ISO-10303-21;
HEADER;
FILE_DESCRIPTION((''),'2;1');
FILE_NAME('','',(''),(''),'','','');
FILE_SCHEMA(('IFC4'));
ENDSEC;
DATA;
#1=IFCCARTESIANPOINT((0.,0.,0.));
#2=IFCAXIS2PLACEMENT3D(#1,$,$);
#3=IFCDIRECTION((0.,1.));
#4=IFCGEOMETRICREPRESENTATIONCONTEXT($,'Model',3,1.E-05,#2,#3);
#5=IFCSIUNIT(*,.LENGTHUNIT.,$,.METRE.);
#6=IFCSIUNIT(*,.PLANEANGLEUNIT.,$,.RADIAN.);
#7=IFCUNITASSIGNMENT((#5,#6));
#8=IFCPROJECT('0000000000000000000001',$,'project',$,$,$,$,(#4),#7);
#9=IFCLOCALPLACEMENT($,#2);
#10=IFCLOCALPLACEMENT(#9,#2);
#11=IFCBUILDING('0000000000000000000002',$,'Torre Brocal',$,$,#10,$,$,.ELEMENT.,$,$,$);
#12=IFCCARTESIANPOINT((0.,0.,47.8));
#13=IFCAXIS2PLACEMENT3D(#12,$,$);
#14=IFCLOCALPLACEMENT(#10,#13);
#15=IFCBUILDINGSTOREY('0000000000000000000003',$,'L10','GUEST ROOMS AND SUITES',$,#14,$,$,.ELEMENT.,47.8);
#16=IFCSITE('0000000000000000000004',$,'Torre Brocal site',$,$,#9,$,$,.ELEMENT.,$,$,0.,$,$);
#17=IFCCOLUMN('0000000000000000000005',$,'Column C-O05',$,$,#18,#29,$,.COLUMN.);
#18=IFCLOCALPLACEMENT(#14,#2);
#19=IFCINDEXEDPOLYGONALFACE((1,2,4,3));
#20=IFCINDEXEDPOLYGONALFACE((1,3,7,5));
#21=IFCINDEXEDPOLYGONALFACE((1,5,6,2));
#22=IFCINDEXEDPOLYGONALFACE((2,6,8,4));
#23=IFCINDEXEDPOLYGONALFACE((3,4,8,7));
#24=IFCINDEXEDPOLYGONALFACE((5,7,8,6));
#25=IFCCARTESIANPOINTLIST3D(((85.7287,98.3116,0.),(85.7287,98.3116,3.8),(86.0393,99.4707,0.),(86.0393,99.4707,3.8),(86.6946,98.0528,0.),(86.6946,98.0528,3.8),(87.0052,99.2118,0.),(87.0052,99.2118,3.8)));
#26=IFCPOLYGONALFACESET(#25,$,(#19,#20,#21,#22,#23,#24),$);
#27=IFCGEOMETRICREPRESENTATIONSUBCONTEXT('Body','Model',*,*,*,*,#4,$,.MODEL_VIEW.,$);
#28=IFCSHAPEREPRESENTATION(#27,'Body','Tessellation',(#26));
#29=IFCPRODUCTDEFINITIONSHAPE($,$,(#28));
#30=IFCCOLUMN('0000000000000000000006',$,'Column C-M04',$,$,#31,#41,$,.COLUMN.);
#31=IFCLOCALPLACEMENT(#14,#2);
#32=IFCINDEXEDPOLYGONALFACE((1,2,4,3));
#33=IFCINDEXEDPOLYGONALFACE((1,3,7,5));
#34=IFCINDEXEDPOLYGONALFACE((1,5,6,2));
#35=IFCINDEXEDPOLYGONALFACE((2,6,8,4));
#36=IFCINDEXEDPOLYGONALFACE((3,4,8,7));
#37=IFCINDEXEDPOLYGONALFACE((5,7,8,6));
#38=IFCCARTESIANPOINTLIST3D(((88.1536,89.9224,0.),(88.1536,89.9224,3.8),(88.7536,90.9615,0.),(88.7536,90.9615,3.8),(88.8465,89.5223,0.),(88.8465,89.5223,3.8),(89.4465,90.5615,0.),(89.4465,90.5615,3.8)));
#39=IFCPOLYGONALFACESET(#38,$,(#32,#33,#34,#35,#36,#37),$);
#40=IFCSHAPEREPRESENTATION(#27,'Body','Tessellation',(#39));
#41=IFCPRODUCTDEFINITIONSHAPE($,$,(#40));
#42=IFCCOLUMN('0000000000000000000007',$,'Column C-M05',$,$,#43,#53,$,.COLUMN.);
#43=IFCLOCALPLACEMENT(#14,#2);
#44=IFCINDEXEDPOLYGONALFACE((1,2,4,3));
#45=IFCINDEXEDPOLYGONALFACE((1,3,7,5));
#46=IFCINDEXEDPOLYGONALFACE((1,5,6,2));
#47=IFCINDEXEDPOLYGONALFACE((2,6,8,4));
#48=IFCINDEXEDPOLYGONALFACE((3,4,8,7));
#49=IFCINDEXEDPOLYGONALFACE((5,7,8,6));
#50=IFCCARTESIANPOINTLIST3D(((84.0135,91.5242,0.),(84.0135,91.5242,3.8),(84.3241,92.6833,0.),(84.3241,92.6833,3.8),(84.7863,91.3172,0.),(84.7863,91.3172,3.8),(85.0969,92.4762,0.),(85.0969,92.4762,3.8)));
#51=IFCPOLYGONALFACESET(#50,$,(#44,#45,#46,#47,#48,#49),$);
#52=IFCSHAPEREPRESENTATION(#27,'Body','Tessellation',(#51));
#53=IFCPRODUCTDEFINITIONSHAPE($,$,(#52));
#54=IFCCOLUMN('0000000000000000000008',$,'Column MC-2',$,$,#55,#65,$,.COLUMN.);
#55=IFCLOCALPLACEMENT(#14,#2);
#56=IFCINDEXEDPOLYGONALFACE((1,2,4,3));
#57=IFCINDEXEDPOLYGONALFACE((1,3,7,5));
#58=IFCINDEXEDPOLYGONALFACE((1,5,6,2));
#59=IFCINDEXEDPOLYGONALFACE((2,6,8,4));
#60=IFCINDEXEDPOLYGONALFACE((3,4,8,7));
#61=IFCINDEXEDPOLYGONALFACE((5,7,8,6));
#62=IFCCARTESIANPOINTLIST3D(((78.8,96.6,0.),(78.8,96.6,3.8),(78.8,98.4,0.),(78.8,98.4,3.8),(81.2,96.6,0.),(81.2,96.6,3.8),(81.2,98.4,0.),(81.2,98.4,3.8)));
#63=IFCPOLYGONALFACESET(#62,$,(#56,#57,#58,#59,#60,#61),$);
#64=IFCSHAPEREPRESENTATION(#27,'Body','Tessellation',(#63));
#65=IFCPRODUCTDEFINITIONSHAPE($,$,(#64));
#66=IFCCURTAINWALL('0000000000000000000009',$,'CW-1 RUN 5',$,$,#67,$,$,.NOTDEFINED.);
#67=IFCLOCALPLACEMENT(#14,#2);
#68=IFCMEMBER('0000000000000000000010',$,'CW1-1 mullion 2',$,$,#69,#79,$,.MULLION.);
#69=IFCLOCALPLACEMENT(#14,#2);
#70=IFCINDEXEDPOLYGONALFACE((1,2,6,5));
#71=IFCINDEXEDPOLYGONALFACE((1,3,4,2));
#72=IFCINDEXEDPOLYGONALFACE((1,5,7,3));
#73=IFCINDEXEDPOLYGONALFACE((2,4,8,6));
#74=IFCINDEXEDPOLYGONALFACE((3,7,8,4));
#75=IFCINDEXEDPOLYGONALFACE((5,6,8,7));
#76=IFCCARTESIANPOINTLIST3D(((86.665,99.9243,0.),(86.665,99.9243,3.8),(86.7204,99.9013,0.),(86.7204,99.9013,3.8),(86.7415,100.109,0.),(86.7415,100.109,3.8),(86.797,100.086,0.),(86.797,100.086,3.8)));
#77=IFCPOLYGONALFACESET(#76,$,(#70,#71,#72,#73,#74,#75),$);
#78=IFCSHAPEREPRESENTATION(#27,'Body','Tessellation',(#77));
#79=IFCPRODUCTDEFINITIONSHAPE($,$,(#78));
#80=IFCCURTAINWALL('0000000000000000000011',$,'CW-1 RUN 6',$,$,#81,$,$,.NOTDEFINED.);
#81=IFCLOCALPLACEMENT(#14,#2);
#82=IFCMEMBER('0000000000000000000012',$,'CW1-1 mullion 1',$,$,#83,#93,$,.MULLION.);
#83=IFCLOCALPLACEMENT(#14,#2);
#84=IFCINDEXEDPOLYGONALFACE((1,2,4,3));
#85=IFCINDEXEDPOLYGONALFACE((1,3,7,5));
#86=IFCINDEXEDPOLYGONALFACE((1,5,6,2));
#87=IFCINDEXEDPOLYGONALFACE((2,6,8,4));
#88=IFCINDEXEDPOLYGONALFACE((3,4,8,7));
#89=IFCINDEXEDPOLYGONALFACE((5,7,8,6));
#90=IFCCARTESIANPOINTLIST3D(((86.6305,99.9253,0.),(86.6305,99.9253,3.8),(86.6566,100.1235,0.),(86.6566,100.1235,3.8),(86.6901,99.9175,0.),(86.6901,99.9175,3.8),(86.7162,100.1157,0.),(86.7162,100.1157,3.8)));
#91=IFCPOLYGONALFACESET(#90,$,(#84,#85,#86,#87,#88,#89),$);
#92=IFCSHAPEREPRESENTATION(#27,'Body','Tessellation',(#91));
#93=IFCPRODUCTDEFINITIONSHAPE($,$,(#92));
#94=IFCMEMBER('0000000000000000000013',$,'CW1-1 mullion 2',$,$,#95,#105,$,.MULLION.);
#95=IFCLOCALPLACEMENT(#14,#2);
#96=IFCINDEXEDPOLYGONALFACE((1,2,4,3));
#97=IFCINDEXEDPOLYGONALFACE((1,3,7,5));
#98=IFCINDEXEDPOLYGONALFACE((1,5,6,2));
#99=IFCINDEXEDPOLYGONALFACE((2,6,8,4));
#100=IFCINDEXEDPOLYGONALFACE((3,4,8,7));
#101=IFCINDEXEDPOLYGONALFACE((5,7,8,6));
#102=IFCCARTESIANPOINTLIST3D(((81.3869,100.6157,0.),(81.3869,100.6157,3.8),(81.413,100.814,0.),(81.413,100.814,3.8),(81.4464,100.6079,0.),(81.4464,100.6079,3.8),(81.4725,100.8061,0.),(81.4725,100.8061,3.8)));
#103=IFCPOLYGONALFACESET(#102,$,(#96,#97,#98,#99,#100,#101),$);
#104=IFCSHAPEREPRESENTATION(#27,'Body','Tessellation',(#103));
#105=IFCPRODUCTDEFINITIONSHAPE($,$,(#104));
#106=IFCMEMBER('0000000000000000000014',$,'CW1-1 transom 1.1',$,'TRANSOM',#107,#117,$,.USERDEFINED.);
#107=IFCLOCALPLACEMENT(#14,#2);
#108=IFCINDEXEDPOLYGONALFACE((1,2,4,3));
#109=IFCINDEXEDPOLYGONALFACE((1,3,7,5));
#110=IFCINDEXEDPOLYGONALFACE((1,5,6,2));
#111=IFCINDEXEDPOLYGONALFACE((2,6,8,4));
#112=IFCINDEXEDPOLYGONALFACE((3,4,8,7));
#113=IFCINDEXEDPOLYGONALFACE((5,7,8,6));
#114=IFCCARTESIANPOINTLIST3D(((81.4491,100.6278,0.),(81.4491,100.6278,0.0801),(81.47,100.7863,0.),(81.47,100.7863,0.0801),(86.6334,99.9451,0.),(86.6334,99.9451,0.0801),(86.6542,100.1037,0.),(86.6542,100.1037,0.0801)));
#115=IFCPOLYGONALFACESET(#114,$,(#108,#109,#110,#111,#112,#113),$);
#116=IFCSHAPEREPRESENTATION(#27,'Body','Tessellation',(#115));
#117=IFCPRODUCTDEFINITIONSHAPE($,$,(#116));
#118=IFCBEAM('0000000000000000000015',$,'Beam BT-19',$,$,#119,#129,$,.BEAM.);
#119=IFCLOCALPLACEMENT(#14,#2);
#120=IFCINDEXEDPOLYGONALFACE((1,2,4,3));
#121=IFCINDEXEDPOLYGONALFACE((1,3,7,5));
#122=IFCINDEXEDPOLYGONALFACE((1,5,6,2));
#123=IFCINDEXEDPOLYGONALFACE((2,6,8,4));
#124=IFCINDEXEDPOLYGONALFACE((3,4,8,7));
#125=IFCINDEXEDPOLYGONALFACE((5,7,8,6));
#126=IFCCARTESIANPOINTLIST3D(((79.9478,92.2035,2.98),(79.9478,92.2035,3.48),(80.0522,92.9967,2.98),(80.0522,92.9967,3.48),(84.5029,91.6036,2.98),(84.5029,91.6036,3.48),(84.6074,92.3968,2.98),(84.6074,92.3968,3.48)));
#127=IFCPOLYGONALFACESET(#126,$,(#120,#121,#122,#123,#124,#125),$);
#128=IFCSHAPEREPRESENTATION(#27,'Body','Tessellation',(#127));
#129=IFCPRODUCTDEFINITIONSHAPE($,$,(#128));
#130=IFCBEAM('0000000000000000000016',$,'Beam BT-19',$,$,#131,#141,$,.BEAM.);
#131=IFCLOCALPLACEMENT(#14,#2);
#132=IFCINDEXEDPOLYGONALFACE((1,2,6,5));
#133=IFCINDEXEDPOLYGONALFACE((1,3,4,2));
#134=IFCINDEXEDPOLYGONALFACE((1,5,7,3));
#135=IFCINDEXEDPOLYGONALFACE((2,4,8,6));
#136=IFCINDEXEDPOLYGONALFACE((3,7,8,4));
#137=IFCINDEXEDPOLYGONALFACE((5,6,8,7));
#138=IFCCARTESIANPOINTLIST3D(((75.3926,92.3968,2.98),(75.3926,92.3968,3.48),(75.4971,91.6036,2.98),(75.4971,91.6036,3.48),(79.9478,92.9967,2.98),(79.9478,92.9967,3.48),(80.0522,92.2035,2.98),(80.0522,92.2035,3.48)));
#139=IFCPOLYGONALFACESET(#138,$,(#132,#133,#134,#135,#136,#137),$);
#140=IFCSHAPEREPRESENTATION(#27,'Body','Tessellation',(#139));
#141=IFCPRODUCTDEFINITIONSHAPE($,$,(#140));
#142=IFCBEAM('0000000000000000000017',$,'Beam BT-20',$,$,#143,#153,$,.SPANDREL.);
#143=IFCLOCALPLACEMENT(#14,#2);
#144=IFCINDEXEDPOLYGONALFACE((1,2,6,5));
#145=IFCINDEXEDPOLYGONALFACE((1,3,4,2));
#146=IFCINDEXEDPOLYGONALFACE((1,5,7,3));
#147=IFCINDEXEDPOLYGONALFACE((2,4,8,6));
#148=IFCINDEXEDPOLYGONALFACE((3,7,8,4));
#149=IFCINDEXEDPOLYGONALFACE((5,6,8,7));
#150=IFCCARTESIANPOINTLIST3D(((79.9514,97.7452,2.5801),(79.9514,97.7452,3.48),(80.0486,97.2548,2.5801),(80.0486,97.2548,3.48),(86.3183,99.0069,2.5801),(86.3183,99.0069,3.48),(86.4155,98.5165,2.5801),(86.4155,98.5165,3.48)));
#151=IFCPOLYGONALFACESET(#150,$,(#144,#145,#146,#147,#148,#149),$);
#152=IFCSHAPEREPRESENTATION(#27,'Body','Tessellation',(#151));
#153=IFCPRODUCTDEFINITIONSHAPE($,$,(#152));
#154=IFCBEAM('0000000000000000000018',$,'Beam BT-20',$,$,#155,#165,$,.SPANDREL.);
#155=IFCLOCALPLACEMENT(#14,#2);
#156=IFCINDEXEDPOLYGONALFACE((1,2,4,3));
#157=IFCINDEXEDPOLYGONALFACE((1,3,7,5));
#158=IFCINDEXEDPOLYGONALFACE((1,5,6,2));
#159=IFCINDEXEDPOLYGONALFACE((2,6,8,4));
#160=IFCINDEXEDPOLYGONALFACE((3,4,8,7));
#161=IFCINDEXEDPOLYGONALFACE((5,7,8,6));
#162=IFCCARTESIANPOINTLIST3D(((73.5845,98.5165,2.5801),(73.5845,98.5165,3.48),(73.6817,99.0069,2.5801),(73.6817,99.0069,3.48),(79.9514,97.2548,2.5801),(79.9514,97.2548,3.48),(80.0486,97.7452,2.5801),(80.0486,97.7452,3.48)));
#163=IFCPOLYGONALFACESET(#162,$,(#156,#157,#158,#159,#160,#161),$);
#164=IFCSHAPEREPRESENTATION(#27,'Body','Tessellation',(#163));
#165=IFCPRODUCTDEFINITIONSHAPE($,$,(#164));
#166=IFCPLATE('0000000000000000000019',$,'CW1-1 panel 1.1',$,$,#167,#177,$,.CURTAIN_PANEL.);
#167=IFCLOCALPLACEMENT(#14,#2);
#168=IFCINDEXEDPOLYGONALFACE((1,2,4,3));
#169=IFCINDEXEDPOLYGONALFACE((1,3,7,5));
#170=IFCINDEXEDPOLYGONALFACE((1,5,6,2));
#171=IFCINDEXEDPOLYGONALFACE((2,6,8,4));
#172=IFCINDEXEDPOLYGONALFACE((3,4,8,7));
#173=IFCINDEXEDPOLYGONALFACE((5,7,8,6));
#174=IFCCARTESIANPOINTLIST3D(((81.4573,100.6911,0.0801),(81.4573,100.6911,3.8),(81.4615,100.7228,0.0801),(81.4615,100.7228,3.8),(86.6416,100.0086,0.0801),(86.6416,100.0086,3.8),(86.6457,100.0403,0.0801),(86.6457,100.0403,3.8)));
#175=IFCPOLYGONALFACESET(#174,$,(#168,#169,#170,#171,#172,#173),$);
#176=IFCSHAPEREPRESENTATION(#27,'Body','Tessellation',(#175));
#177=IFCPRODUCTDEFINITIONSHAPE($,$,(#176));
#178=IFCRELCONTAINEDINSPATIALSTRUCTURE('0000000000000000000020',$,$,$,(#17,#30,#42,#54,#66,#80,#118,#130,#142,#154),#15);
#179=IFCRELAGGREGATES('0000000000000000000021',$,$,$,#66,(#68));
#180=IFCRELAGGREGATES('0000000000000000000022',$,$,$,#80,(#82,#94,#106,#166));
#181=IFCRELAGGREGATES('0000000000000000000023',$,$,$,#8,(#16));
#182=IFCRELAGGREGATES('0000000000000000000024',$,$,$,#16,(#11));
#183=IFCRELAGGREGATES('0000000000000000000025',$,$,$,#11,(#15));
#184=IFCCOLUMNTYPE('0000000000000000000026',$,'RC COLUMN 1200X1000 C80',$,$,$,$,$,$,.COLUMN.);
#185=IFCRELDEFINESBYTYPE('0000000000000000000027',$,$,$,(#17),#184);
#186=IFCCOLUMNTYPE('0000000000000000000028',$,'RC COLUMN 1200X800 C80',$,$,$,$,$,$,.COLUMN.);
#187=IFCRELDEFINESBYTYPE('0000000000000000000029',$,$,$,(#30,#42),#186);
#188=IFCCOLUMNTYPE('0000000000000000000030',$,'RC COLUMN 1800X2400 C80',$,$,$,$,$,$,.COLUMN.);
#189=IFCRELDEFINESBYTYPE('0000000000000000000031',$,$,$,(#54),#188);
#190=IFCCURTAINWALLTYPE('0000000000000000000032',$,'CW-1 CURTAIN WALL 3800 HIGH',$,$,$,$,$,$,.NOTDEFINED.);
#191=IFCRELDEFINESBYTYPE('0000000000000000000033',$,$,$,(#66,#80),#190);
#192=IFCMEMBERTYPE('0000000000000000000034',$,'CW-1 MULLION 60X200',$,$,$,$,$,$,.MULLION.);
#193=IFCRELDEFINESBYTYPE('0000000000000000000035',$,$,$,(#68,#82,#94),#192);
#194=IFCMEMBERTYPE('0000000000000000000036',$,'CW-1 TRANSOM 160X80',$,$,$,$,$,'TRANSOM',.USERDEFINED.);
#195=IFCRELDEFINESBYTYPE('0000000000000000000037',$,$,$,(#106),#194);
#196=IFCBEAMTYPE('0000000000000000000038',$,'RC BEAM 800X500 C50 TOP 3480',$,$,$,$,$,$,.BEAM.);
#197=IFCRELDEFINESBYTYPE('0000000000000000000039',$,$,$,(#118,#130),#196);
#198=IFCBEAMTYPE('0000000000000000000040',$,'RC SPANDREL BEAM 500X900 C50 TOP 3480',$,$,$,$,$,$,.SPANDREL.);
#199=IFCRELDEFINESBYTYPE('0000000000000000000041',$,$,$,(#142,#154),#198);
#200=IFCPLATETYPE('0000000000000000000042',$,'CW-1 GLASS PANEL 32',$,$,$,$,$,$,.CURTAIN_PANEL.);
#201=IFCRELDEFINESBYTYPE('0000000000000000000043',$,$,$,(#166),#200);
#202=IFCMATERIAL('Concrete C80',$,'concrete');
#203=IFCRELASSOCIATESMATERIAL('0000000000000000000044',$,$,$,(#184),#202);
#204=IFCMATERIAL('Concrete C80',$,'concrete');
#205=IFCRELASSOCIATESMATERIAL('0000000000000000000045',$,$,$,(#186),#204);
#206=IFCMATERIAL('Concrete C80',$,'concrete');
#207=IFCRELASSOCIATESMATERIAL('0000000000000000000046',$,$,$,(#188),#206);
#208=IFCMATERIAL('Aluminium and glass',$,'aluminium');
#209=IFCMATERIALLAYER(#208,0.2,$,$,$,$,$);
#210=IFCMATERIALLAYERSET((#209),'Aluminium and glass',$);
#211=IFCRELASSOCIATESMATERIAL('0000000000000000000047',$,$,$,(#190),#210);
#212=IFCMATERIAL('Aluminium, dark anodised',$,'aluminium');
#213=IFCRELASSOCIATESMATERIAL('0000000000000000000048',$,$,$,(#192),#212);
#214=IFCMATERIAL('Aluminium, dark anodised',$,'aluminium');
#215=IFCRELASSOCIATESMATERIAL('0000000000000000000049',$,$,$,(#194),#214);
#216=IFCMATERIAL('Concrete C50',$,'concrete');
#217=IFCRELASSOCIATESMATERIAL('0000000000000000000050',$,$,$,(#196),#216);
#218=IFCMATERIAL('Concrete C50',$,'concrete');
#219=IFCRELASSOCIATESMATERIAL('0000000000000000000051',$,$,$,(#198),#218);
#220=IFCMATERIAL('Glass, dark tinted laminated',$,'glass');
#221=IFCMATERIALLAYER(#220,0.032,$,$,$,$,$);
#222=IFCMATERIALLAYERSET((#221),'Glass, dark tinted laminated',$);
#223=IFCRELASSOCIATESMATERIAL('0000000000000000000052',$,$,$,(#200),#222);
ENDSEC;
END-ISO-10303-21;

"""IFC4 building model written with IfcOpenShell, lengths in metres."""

from ifc_helpers import new_model, si_unit, direction, frame, origin, origin_2d, place, context, subcontext, project, spatial, rectangle, extrude, material, layer, layer_set, material_profile, profile_set, type_object, element, aggregate, save


model = new_model("IFC4")

# Units and contexts
model_context = context("Model", 3, precision=1e-05, world=origin(), true_north=direction((0.0, 1.0)))
body_context = subcontext(model_context, "Body", "Model", "MODEL_VIEW")
ifc_project = project(units=[si_unit("LENGTHUNIT", "METRE"), si_unit("PLANEANGLEUNIT", "RADIAN")], contexts=[model_context])

# Site, building, storey
site_placement = place(None, origin())
site = spatial("IfcSite", under=ifc_project, at=site_placement, Name="Torre Brocal site", CompositionType="ELEMENT", RefElevation=0.0)
building_placement = place(site_placement, origin())
building = spatial("IfcBuilding", under=site, at=building_placement, Name="Torre Brocal", CompositionType="ELEMENT")
storey_placement = place(building_placement, frame((0.0, 0.0, 47.8)))
storey = spatial("IfcBuildingStorey", under=building, at=storey_placement, Name="L10", Description="GUEST ROOMS AND SUITES", CompositionType="ELEMENT", Elevation=47.8)

# Columns
ifc_material_1 = material(Name="Concrete C80", Category="concrete")
ifc_material_profile_1 = material_profile(ifc_material_1, rectangle(XDim=1.2, YDim=1.0, at=origin_2d()), Name="RC 1200X1000")
ifc_profile_set_1 = profile_set([ifc_material_profile_1], Name="Concrete C80")
column_type_1 = type_object("IfcColumnType", Name="RC COLUMN 1200X1000 C80", PredefinedType="COLUMN", material=ifc_profile_set_1)
column_1_placement = place(storey_placement, frame((86.3669, 98.7617, 0.0), z_axis=(0.0, 0.0, 1.0), x_axis=(0.258819, 0.965926, 0.0)))
element("IfcColumn", 1, at=column_1_placement, inside=storey, type_object=column_type_1, Name="Column C-O05", PredefinedType="COLUMN", context=body_context, shape_type="SweptSolid", body=[
    extrude(rectangle(XDim=1.2, YDim=1.0, at=origin_2d()), origin(), (0.0, 0.0, 1.0), 3.8),
])
ifc_material_2 = material(Name="Concrete C80", Category="concrete")
ifc_material_profile_2 = material_profile(ifc_material_2, rectangle(XDim=1.2, YDim=0.8, at=origin_2d()), Name="RC 1200X800")
ifc_profile_set_2 = profile_set([ifc_material_profile_2], Name="Concrete C80")
column_type_2 = type_object("IfcColumnType", Name="RC COLUMN 1200X800 C80", PredefinedType="COLUMN", material=ifc_profile_set_2)
for number, where, z_axis, x_axis, name in (
    (2, (88.8, 90.2419, 0.0), (0.0, 0.0, 1.0), (0.5, 0.866025, 0.0), "Column C-M04"),
    (3, (84.5552, 92.0002, 0.0), (0.0, 0.0, 1.0), (0.258819, 0.965926, 0.0), "Column C-M05"),
):
    element("IfcColumn", number, at=place(storey_placement, frame(where, z_axis=z_axis, x_axis=x_axis)), inside=storey, type_object=column_type_2, Name=name, PredefinedType="COLUMN", context=body_context, shape_type="SweptSolid", body=[
        extrude(rectangle(XDim=1.2, YDim=0.8, at=origin_2d()), origin(), (0.0, 0.0, 1.0), 3.8),
    ])
ifc_material_3 = material(Name="Concrete C80", Category="concrete")
ifc_material_profile_3 = material_profile(ifc_material_3, rectangle(XDim=1.8, YDim=2.3999, at=origin_2d()), Name="RC 1800X2400")
ifc_profile_set_3 = profile_set([ifc_material_profile_3], Name="Concrete C80")
column_type_3 = type_object("IfcColumnType", Name="RC COLUMN 1800X2400 C80", PredefinedType="COLUMN", material=ifc_profile_set_3)
column_2_placement = place(storey_placement, frame((80.0, 97.5, 0.0), z_axis=(0.0, 0.0, 1.0), x_axis=(0.0, 1.0, 0.0)))
element("IfcColumn", 4, at=column_2_placement, inside=storey, type_object=column_type_3, Name="Column MC-2", PredefinedType="COLUMN", context=body_context, shape_type="SweptSolid", body=[
    extrude(rectangle(XDim=1.8, YDim=2.3999, at=origin_2d()), origin(), (0.0, 0.0, 1.0), 3.8),
])

# Curtain wall, member
ifc_material_4 = material(Name="Aluminium and glass", Category="aluminium")
ifc_layer_1 = layer(ifc_material_4, 0.2)
ifc_layer_set_1 = layer_set([ifc_layer_1], Name="Aluminium and glass")
curtain_wall_type = type_object("IfcCurtainWallType", Name="CW-1 CURTAIN WALL 3800 HIGH", PredefinedType="NOTDEFINED", material=ifc_layer_set_1)
curtain_wall_1_placement = place(storey_placement, origin())
curtain_wall_1 = element("IfcCurtainWall", 5, at=curtain_wall_1_placement, inside=storey, type_object=curtain_wall_type, Name="CW-1 RUN 5", PredefinedType="NOTDEFINED")
ifc_material_5 = material(Name="Aluminium, dark anodised", Category="aluminium")
ifc_material_profile_4 = material_profile(ifc_material_5, rectangle(XDim=0.2, YDim=0.0601, at=origin_2d()), Name="CW-1 MULLION 60X200")
ifc_profile_set_4 = profile_set([ifc_material_profile_4], Name="Aluminium, dark anodised")
member_type_1 = type_object("IfcMemberType", Name="CW-1 MULLION 60X200", PredefinedType="MULLION", material=ifc_profile_set_4)
member_1_placement = place(storey_placement, frame((86.731, 100.0051, 0.0), z_axis=(0.0, 0.0, 1.0), x_axis=(-0.382683, -0.92388, 0.0)))
member_1 = element("IfcMember", 6, at=member_1_placement, type_object=member_type_1, Name="CW1-1 mullion 2", PredefinedType="MULLION", context=body_context, shape_type="SweptSolid", body=[
    extrude(rectangle(XDim=0.2, YDim=0.0601, at=origin_2d()), origin(), (0.0, 0.0, 1.0), 3.8),
])
aggregate(curtain_wall_1, [member_1])

# Curtain wall, members
curtain_wall_2_placement = place(storey_placement, origin())
curtain_wall_2 = element("IfcCurtainWall", 7, at=curtain_wall_2_placement, inside=storey, type_object=curtain_wall_type, Name="CW-1 RUN 6", PredefinedType="NOTDEFINED")
member_2_placement = place(storey_placement, frame((86.6733, 100.0205, 0.0), z_axis=(0.0, 0.0, 1.0), x_axis=(-0.130526, -0.991445, 0.0)))
member_2 = element("IfcMember", 8, at=member_2_placement, type_object=member_type_1, Name="CW1-1 mullion 1", PredefinedType="MULLION", context=body_context, shape_type="SweptSolid", body=[
    extrude(rectangle(XDim=0.2, YDim=0.0601, at=origin_2d()), origin(), (0.0, 0.0, 1.0), 3.8),
])
member_3_placement = place(storey_placement, frame((81.4297, 100.7109, 0.0), z_axis=(0.0, 0.0, 1.0), x_axis=(-0.130526, -0.991445, 0.0)))
member_3 = element("IfcMember", 9, at=member_3_placement, type_object=member_type_1, Name="CW1-1 mullion 2", PredefinedType="MULLION", context=body_context, shape_type="SweptSolid", body=[
    extrude(rectangle(XDim=0.2, YDim=0.0601, at=origin_2d()), origin(), (0.0, 0.0, 1.0), 3.8),
])
ifc_material_6 = material(Name="Aluminium, dark anodised", Category="aluminium")
ifc_material_profile_5 = material_profile(ifc_material_6, rectangle(XDim=0.1599, YDim=0.0801, at=origin_2d()), Name="CW-1 TRANSOM 160X80")
ifc_profile_set_5 = profile_set([ifc_material_profile_5], Name="Aluminium, dark anodised")
member_type_2 = type_object("IfcMemberType", Name="CW-1 TRANSOM 160X80", ElementType="TRANSOM", PredefinedType="USERDEFINED", material=ifc_profile_set_5)
member_4_placement = place(storey_placement, frame((86.6438, 100.0244, 0.04), z_axis=(-0.991443, 0.130543, 0.0), x_axis=(-0.130543, -0.991443, 0.0)))
member_4 = element("IfcMember", 10, at=member_4_placement, type_object=member_type_2, Name="CW1-1 transom 1.1", ObjectType="TRANSOM", PredefinedType="USERDEFINED", context=body_context, shape_type="SweptSolid", body=[
    extrude(rectangle(XDim=0.1599, YDim=0.0801, at=origin_2d()), origin(), (0.0, 0.0, 1.0), 5.229),
])

# Beams
ifc_material_7 = material(Name="Concrete C50", Category="concrete")
ifc_material_profile_6 = material_profile(ifc_material_7, rectangle(XDim=0.8, YDim=0.5, at=origin_2d()), Name="RC 800X500")
ifc_profile_set_6 = profile_set([ifc_material_profile_6], Name="Concrete C50")
beam_type_1 = type_object("IfcBeamType", Name="RC BEAM 800X500 C50 TOP 3480", PredefinedType="BEAM", material=ifc_profile_set_6)
for number, where, z_axis, x_axis, name in (
    (11, (84.5552, 92.0002, 3.23), (-0.991441, 0.130559, 0.0), (-0.130559, -0.991441, 0.0), "Beam BT-19"),
    (12, (80.0, 92.6001, 3.23), (-0.991441, -0.130559, 0.0), (0.130559, -0.991441, 0.0), "Beam BT-19"),
):
    element("IfcBeam", number, at=place(storey_placement, frame(where, z_axis=z_axis, x_axis=x_axis)), inside=storey, type_object=beam_type_1, Name=name, PredefinedType="BEAM", context=body_context, shape_type="SweptSolid", body=[
        extrude(rectangle(XDim=0.8, YDim=0.5, at=origin_2d()), origin(), (0.0, 0.0, 1.0), 4.5945),
    ])
ifc_material_8 = material(Name="Concrete C50", Category="concrete")
ifc_material_profile_7 = material_profile(ifc_material_8, rectangle(XDim=0.5, YDim=0.8999, at=origin_2d()), Name="RC 500X900")
ifc_profile_set_7 = profile_set([ifc_material_profile_7], Name="Concrete C50")
beam_type_2 = type_object("IfcBeamType", Name="RC SPANDREL BEAM 500X900 C50 TOP 3480", PredefinedType="SPANDREL", material=ifc_profile_set_7)
for number, where, z_axis, x_axis, name in (
    (13, (86.3669, 98.7617, 3.03), (-0.980925, -0.194387, 0.0), (0.194387, -0.980925, 0.0), "Beam BT-20"),
    (14, (80.0, 97.5, 3.03), (-0.980925, 0.194387, 0.0), (-0.194387, -0.980925, 0.0), "Beam BT-20"),
):
    element("IfcBeam", number, at=place(storey_placement, frame(where, z_axis=z_axis, x_axis=x_axis)), inside=storey, type_object=beam_type_2, Name=name, PredefinedType="SPANDREL", context=body_context, shape_type="SweptSolid", body=[
        extrude(rectangle(XDim=0.5, YDim=0.8999, at=origin_2d()), origin(), (0.0, 0.0, 1.0), 6.4907),
    ])

# Plate
ifc_material_9 = material(Name="Glass, dark tinted laminated", Category="glass")
ifc_layer_2 = layer(ifc_material_9, 0.032)
ifc_layer_set_2 = layer_set([ifc_layer_2], Name="Glass, dark tinted laminated")
plate_type = type_object("IfcPlateType", Name="CW-1 GLASS PANEL 32", PredefinedType="CURTAIN_PANEL", material=ifc_layer_set_2)
plate_placement = place(storey_placement, frame((84.0515, 100.3657, 0.0801), z_axis=(0.0, 0.0, 1.0), x_axis=(-0.991445, 0.130526, 0.0)))
plate = element("IfcPlate", 15, at=plate_placement, type_object=plate_type, Name="CW1-1 panel 1.1", PredefinedType="CURTAIN_PANEL", context=body_context, shape_type="SweptSolid", body=[
    extrude(rectangle(XDim=5.229, YDim=0.032, at=origin_2d()), origin(), (0.0, 0.0, 1.0), 3.72),
])
aggregate(curtain_wall_2, [member_2, member_3, member_4, plate])

save(model, "model.ifc")
